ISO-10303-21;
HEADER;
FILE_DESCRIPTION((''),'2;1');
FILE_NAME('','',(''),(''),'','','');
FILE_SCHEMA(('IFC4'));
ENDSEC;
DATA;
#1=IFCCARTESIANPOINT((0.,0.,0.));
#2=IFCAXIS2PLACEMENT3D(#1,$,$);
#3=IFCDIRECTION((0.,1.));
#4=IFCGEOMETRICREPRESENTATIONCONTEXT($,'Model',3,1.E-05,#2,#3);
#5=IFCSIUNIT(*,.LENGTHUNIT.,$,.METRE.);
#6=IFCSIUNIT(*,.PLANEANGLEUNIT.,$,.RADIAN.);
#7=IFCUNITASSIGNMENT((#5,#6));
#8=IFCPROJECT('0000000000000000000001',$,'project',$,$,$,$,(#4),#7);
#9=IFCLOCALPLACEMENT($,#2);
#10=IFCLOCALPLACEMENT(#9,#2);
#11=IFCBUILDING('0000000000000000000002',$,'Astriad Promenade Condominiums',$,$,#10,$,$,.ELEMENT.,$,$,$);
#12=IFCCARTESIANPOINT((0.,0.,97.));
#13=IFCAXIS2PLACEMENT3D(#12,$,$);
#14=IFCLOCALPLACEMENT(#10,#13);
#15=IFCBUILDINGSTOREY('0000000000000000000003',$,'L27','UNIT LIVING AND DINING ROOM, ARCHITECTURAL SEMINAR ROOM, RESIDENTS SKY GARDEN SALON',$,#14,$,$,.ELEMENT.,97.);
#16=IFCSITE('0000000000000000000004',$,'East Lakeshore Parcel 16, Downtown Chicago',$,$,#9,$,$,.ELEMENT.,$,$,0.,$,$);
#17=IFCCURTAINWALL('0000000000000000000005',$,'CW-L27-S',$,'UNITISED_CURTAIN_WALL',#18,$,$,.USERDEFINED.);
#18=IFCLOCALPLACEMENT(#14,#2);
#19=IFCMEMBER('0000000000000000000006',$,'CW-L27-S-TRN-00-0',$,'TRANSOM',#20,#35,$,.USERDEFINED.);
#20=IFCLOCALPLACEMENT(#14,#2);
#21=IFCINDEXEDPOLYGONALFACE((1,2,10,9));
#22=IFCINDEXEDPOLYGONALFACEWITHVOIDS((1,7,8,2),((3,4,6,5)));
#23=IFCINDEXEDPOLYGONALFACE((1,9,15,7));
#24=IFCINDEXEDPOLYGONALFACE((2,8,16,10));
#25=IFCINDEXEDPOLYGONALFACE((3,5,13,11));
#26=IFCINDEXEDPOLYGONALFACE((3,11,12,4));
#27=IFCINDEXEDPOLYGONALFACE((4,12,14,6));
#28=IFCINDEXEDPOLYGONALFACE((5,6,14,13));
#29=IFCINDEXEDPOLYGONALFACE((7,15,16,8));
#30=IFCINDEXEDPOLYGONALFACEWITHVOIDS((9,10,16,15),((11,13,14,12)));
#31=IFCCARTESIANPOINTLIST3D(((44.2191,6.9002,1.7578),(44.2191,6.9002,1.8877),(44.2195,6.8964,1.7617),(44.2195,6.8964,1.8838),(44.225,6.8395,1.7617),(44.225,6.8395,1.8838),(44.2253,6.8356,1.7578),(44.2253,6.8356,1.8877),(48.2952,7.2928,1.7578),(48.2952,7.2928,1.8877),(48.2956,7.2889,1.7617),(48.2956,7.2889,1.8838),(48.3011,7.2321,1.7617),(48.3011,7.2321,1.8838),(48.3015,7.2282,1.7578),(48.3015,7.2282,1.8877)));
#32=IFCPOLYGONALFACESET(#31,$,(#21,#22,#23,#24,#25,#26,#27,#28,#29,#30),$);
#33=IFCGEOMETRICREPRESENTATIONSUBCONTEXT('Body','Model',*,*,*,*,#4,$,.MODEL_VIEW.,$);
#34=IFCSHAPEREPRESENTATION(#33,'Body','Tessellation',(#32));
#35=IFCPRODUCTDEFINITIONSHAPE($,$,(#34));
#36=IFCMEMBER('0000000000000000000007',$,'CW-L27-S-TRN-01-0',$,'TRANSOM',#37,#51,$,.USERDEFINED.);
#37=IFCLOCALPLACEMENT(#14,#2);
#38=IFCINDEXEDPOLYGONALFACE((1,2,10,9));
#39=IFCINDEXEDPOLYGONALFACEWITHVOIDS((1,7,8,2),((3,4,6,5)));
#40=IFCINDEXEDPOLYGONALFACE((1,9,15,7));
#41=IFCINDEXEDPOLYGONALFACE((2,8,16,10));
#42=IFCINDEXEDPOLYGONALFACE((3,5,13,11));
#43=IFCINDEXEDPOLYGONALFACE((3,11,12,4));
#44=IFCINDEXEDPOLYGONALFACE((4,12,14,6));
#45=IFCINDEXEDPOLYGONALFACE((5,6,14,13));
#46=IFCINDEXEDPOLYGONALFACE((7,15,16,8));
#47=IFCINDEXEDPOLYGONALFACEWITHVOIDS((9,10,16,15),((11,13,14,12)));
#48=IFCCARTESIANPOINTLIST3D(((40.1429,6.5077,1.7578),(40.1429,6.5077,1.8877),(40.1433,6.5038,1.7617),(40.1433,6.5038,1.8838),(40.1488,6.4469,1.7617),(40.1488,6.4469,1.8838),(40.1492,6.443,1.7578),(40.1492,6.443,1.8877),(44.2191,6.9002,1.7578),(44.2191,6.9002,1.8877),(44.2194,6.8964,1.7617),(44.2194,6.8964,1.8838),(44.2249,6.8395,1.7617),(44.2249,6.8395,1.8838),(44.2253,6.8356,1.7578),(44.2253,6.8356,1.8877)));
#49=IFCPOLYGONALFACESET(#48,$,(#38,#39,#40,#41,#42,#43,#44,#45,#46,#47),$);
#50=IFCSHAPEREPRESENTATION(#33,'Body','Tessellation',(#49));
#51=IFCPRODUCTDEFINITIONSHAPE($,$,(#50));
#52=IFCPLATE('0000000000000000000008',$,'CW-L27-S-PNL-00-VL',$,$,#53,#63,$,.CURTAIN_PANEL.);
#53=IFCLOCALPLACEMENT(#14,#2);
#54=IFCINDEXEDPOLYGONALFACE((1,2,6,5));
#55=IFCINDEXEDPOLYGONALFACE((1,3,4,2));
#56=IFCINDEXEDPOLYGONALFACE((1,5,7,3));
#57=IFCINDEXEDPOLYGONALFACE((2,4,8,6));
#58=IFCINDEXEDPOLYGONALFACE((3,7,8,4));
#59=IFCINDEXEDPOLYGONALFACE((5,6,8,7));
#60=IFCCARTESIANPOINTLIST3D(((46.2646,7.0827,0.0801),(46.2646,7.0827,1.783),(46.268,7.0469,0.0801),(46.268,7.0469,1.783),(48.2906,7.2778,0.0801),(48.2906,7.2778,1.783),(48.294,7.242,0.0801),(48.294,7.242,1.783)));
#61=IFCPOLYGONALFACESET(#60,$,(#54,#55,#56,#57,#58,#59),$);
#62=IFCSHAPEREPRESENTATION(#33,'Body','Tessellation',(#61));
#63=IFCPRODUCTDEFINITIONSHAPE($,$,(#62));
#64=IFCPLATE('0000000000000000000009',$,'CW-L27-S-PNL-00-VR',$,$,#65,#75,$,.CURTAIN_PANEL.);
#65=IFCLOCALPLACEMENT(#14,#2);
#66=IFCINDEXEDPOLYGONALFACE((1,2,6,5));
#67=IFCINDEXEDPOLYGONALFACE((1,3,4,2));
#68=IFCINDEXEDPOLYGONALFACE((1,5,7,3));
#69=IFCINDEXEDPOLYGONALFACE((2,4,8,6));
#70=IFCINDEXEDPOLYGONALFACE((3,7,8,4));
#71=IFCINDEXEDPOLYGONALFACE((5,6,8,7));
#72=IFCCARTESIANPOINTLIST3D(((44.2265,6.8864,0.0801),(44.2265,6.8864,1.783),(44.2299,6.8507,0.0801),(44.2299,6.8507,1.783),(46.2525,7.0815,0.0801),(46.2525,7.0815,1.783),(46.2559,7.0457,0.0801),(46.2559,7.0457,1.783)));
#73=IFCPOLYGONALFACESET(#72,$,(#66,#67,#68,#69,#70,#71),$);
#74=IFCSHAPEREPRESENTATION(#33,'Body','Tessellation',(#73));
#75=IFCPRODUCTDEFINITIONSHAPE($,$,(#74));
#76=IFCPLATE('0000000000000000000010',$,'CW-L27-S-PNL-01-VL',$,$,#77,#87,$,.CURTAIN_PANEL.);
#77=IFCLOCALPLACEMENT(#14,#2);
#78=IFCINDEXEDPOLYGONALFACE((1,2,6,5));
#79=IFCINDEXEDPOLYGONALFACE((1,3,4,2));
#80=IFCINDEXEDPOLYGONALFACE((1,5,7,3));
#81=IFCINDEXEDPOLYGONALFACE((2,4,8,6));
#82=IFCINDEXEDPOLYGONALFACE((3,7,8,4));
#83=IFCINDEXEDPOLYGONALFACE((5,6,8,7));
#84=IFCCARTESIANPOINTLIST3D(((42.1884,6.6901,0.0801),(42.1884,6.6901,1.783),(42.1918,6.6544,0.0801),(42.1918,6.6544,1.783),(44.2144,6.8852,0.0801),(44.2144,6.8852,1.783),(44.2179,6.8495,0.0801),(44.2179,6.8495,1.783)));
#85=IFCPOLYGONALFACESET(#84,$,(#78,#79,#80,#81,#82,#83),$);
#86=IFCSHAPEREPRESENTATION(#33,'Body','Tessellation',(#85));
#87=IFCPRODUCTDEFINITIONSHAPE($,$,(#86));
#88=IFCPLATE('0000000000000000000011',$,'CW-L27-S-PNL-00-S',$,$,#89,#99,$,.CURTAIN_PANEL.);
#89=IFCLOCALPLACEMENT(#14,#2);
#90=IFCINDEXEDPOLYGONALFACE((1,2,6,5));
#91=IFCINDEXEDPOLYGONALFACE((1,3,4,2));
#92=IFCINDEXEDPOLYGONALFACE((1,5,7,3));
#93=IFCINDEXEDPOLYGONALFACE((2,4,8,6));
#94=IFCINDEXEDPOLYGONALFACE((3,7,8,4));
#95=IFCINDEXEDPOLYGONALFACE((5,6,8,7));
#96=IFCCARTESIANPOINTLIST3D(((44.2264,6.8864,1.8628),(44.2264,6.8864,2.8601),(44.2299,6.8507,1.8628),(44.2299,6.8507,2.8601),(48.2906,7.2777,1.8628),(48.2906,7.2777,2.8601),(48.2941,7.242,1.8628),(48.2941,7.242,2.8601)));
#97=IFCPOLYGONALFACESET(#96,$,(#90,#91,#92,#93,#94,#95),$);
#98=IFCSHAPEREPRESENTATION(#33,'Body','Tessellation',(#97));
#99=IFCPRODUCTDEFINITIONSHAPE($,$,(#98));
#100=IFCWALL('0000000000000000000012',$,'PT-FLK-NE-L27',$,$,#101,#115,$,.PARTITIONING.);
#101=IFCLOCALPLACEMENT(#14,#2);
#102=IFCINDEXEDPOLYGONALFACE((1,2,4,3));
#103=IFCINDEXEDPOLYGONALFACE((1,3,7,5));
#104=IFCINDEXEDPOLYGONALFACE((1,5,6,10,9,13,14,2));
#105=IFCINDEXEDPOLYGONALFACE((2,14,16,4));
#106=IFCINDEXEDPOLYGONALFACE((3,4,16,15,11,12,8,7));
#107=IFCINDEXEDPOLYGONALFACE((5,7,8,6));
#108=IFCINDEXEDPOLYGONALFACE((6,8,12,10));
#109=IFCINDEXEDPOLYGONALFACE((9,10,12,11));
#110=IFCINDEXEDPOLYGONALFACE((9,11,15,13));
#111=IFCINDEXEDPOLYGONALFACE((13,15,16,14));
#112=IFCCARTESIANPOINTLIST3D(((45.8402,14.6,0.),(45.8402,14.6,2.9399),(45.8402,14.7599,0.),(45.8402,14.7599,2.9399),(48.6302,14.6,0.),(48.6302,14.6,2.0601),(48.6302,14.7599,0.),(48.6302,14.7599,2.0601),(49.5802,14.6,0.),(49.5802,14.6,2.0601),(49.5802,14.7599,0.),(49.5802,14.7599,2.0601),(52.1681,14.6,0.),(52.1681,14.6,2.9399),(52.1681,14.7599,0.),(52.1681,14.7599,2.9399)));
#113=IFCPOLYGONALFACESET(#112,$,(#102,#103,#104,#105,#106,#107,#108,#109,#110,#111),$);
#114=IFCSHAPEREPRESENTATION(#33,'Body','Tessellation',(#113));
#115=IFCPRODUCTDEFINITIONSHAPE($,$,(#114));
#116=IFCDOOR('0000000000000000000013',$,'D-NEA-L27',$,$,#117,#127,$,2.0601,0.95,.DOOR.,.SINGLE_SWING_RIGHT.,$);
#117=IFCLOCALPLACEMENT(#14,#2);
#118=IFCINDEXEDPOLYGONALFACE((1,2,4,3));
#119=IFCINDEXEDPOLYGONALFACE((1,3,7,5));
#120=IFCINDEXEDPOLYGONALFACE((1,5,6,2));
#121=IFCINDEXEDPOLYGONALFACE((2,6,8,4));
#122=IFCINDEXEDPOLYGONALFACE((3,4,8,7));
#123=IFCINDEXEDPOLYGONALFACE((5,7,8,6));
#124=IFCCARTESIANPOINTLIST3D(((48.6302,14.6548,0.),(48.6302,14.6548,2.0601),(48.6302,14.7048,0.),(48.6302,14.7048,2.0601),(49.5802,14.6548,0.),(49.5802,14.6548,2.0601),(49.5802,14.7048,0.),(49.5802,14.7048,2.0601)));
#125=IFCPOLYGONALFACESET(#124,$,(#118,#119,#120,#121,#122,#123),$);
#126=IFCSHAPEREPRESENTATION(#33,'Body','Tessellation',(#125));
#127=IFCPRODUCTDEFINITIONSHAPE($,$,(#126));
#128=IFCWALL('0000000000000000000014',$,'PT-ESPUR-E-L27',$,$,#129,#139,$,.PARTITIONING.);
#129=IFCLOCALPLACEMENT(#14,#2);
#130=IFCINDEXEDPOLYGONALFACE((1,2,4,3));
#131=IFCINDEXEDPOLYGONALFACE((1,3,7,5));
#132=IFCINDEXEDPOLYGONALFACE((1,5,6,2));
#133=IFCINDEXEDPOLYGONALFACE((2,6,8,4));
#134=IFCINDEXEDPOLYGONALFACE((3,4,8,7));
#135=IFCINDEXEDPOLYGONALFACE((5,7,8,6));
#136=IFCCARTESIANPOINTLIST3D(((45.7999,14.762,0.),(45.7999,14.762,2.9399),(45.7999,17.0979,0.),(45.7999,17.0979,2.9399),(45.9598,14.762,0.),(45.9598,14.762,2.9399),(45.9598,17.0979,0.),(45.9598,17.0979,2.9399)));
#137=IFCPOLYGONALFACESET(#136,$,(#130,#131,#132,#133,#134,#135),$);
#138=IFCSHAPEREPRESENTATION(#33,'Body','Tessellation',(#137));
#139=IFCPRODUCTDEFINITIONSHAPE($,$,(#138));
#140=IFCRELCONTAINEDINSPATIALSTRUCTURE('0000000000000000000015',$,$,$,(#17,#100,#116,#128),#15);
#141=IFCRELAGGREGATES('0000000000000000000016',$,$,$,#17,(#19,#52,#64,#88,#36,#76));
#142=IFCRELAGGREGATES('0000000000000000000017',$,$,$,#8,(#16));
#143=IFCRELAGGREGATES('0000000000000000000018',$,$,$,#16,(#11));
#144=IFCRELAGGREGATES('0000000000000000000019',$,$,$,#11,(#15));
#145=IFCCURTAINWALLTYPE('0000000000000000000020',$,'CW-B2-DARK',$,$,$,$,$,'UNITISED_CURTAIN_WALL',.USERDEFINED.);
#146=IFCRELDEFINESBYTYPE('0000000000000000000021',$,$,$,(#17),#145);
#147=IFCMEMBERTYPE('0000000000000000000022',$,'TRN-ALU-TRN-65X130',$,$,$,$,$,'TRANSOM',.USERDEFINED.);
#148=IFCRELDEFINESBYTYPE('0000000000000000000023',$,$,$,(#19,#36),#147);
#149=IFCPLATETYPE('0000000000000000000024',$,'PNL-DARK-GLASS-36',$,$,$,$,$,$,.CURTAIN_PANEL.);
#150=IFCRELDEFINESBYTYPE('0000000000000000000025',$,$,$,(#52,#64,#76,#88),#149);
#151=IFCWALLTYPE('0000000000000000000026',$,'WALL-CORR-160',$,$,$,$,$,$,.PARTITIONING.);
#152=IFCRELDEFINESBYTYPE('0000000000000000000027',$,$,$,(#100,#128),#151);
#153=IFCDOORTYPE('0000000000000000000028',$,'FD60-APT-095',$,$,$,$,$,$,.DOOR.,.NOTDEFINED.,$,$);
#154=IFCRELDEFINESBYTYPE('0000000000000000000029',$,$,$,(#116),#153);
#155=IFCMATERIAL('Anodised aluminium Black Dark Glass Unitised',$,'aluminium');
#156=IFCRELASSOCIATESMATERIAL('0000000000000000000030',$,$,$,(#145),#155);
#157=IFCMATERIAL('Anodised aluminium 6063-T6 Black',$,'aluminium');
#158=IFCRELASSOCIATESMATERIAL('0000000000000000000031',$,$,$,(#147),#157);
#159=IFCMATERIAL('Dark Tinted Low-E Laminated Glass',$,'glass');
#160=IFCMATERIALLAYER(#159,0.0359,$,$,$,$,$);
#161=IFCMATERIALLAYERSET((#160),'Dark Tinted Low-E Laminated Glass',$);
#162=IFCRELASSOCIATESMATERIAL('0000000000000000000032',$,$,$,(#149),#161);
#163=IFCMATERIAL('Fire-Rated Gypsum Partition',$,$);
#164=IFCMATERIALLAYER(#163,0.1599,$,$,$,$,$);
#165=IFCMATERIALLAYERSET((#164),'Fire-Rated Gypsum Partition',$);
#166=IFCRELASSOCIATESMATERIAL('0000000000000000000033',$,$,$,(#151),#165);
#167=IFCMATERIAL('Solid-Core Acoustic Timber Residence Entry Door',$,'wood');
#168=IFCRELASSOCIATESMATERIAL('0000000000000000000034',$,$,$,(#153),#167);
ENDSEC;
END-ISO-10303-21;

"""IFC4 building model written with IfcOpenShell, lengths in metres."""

from ifc_helpers import new_model, si_unit, direction, frame, frame_2d, origin, origin_2d, place, context, subcontext, project, spatial, rectangle, hollow_rectangle, extrude, source, transform, mapped, material, layer, layer_set, material_profile, profile_set, type_object, type_shapes, element, fill, aggregate, save


model = new_model("IFC4")

# Units and contexts
model_context = context("Model", 3, precision=1e-05, world=origin(), true_north=direction((0.0, 1.0)))
body_context = subcontext(model_context, "Body", "Model", "MODEL_VIEW")
ifc_project = project(units=[si_unit("LENGTHUNIT", "METRE"), si_unit("PLANEANGLEUNIT", "RADIAN")], contexts=[model_context])

# Site, building, storey
site_placement = place(None, origin())
site = spatial("IfcSite", under=ifc_project, at=site_placement, Name="East Lakeshore Parcel 16, Downtown Chicago", CompositionType="ELEMENT", RefElevation=0.0)
building_placement = place(site_placement, origin())
building = spatial("IfcBuilding", under=site, at=building_placement, Name="Astriad Promenade Condominiums", CompositionType="ELEMENT")
storey_placement = place(building_placement, frame((0.0, 0.0, 97.0)))
storey = spatial("IfcBuildingStorey", under=building, at=storey_placement, Name="L27", Description="UNIT LIVING AND DINING ROOM, ARCHITECTURAL SEMINAR ROOM, RESIDENTS SKY GARDEN SALON", CompositionType="ELEMENT", Elevation=97.0)

# Curtain wall, members, plates
ifc_material_1 = material(Name="Anodised aluminium Black Dark Glass Unitised", Category="aluminium")
curtain_wall_type = type_object("IfcCurtainWallType", Name="CW-B2-DARK", ElementType="UNITISED_CURTAIN_WALL", PredefinedType="USERDEFINED", material=ifc_material_1)
curtain_wall_placement = place(storey_placement, origin())
curtain_wall = element("IfcCurtainWall", 1, at=curtain_wall_placement, inside=storey, type_object=curtain_wall_type, Name="CW-L27-S", ObjectType="UNITISED_CURTAIN_WALL", PredefinedType="USERDEFINED")
ifc_material_2 = material(Name="Anodised aluminium 6063-T6 Black", Category="aluminium")
ifc_material_profile_1 = material_profile(ifc_material_2, hollow_rectangle(XDim=0.0649, YDim=0.1299, WallThickness=0.0039, at=origin_2d()), Name="ALU-TRN-65X130")
ifc_profile_set_1 = profile_set([ifc_material_profile_1], Name="Anodised aluminium 6063-T6 Black")
member_type_1 = type_object("IfcMemberType", Name="TRN-ALU-TRN-65X130", ElementType="TRANSOM", PredefinedType="USERDEFINED", material=ifc_profile_set_1)
shared_shape_1 = source(origin(), body_context, "Body", "SweptSolid", [
    extrude(hollow_rectangle(XDim=0.0649, YDim=0.1299, WallThickness=0.0039, at=origin_2d()), origin(), (0.0, 0.0, 1.0), 4.095),
])
type_shapes(member_type_1, [shared_shape_1])
member_1_placement = place(storey_placement, frame((48.2983, 7.2605, 1.8228), z_axis=(-0.995394, -0.095867, 0.0), x_axis=(0.095867, -0.995394, 0.0)))
member_1 = element("IfcMember", 2, at=member_1_placement, type_object=member_type_1, Name="CW-L27-S-TRN-00-0", ObjectType="TRANSOM", PredefinedType="USERDEFINED", context=body_context, shape_type="MappedRepresentation", body=[
    mapped(shared_shape_1, transform((0.0, 0.0, 0.0), scale=1.0)),
])
member_2_placement = place(storey_placement, frame((44.2222, 6.8679, 1.8228), z_axis=(-0.995394, -0.095867, 0.0), x_axis=(0.095867, -0.995394, 0.0)))
member_2 = element("IfcMember", 3, at=member_2_placement, type_object=member_type_1, Name="CW-L27-S-TRN-01-0", ObjectType="TRANSOM", PredefinedType="USERDEFINED", context=body_context, shape_type="MappedRepresentation", body=[
    mapped(shared_shape_1, transform((0.0, 0.0, 0.0), scale=1.0)),
])
ifc_material_3 = material(Name="Dark Tinted Low-E Laminated Glass", Category="glass")
ifc_layer_1 = layer(ifc_material_3, 0.0359)
ifc_layer_set_1 = layer_set([ifc_layer_1], Name="Dark Tinted Low-E Laminated Glass")
plate_type = type_object("IfcPlateType", Name="PNL-DARK-GLASS-36", PredefinedType="CURTAIN_PANEL", material=ifc_layer_set_1)
shared_shape_2 = source(origin(), body_context, "Body", "SweptSolid", [
    extrude(rectangle(XDim=2.0354, YDim=0.0359, at=origin_2d()), origin(), (0.0, 0.0, 1.0), 1.7029),
])
plate_1_placement = place(storey_placement, frame((47.2793, 7.1624, 0.0801), z_axis=(0.0, 0.0, 1.0), x_axis=(-0.995396, -0.095846, 0.0)))
plate_1 = element("IfcPlate", 4, at=plate_1_placement, type_object=plate_type, Name="CW-L27-S-PNL-00-VL", PredefinedType="CURTAIN_PANEL", context=body_context, shape_type="MappedRepresentation", body=[
    mapped(shared_shape_2, transform((0.0, 0.0, 0.0), scale=1.0)),
])
plate_2_placement = place(storey_placement, frame((45.2412, 6.9661, 0.0801), z_axis=(0.0, 0.0, 1.0), x_axis=(-0.995396, -0.095846, 0.0)))
plate_2 = element("IfcPlate", 5, at=plate_2_placement, type_object=plate_type, Name="CW-L27-S-PNL-00-VR", PredefinedType="CURTAIN_PANEL", context=body_context, shape_type="MappedRepresentation", body=[
    mapped(shared_shape_2, transform((0.0, 0.0, 0.0), scale=1.0)),
])
plate_3_placement = place(storey_placement, frame((43.2031, 6.7698, 0.0801), z_axis=(0.0, 0.0, 1.0), x_axis=(-0.995396, -0.095846, 0.0)))
plate_3 = element("IfcPlate", 6, at=plate_3_placement, type_object=plate_type, Name="CW-L27-S-PNL-01-VL", PredefinedType="CURTAIN_PANEL", context=body_context, shape_type="MappedRepresentation", body=[
    mapped(shared_shape_2, transform((0.0, 0.0, 0.0), scale=1.0)),
])
shared_shape_3 = source(origin(), body_context, "Body", "SweptSolid", [
    extrude(rectangle(XDim=4.083, YDim=0.0359, at=origin_2d()), origin(), (0.0, 0.0, 1.0), 0.9973),
])
type_shapes(plate_type, [shared_shape_2, shared_shape_3])
plate_4_placement = place(storey_placement, frame((46.2603, 7.0642, 1.8628), z_axis=(0.0, 0.0, 1.0), x_axis=(-0.995396, -0.095846, 0.0)))
plate_4 = element("IfcPlate", 7, at=plate_4_placement, type_object=plate_type, Name="CW-L27-S-PNL-00-S", PredefinedType="CURTAIN_PANEL", context=body_context, shape_type="MappedRepresentation", body=[
    mapped(shared_shape_3, transform((0.0, 0.0, 0.0), scale=1.0)),
])
aggregate(curtain_wall, [member_1, plate_1, plate_2, plate_4, member_2, plate_3])

# Wall, opening, door
ifc_material_4 = material(Name="Fire-Rated Gypsum Partition")
ifc_layer_2 = layer(ifc_material_4, 0.1599)
ifc_layer_set_2 = layer_set([ifc_layer_2], Name="Fire-Rated Gypsum Partition")
wall_type_1 = type_object("IfcWallType", Name="WALL-CORR-160", PredefinedType="PARTITIONING", material=ifc_layer_set_2)
wall_1_placement = place(storey_placement, frame((45.8401, 14.6799, 0.0), z_axis=(0.0, 0.0, 1.0), x_axis=(1.0, 0.0, 0.0)))
wall_1 = element("IfcWall", 8, at=wall_1_placement, inside=storey, type_object=wall_type_1, Name="PT-FLK-NE-L27", PredefinedType="PARTITIONING", context=body_context, shape_type="SweptSolid", body=[
    extrude(rectangle(XDim=6.3279, YDim=0.1599, at=frame_2d((3.1641, 0.0))), origin(), (0.0, 0.0, 1.0), 2.9399),
])
opening_1_placement = place(wall_1_placement, frame((2.79, 0.0, 0.0)))
opening_1 = element("IfcOpeningElement", 9, at=opening_1_placement, cuts=wall_1, PredefinedType="OPENING", context=body_context, shape_type="SweptSolid", body=[
    extrude(rectangle(XDim=0.95, YDim=2.0601, at=frame_2d((0.4751, 1.03))), frame((0.0, 0.0898, 0.0), z_axis=(0.0, -1.0, 0.0), x_axis=(1.0, 0.0, 0.0)), (0.0, 0.0, 1.0), 0.1799),
])
ifc_material_5 = material(Name="Solid-Core Acoustic Timber Residence Entry Door", Category="wood")
door_type_1 = type_object("IfcDoorType", Name="FD60-APT-095", OperationType="NOTDEFINED", PredefinedType="DOOR", material=ifc_material_5)
shared_shape_4 = source(origin(), body_context, "Body", "SweptSolid", [
    extrude(rectangle(XDim=0.95, YDim=2.0601, at=frame_2d((0.4751, 1.03))), frame((0.0, 0.0249, 0.0), z_axis=(0.0, -1.0, 0.0), x_axis=(1.0, 0.0, 0.0)), (0.0, 0.0, 1.0), 0.05),
])
type_shapes(door_type_1, [shared_shape_4])
door_1_placement = place(opening_1_placement, origin())
door_1 = element("IfcDoor", 10, at=door_1_placement, inside=storey, type_object=door_type_1, Name="D-NEA-L27", OperationType="SINGLE_SWING_RIGHT", OverallHeight=2.0601, OverallWidth=0.95, PredefinedType="DOOR", context=body_context, shape_type="MappedRepresentation", body=[
    mapped(shared_shape_4, transform((0.0, 0.0, 0.0), scale=1.0)),
])
fill(opening_1, door_1)

# Wall
wall_2_placement = place(storey_placement, frame((45.8799, 14.762, 0.0), z_axis=(0.0, 0.0, 1.0), x_axis=(0.0, 1.0, 0.0)))
element("IfcWall", 11, at=wall_2_placement, inside=storey, type_object=wall_type_1, Name="PT-ESPUR-E-L27", PredefinedType="PARTITIONING", context=body_context, shape_type="SweptSolid", body=[
    extrude(rectangle(XDim=2.3359, YDim=0.1599, at=frame_2d((1.168, 0.0))), origin(), (0.0, 0.0, 1.0), 2.9399),
])

save(model, "model.ifc")
